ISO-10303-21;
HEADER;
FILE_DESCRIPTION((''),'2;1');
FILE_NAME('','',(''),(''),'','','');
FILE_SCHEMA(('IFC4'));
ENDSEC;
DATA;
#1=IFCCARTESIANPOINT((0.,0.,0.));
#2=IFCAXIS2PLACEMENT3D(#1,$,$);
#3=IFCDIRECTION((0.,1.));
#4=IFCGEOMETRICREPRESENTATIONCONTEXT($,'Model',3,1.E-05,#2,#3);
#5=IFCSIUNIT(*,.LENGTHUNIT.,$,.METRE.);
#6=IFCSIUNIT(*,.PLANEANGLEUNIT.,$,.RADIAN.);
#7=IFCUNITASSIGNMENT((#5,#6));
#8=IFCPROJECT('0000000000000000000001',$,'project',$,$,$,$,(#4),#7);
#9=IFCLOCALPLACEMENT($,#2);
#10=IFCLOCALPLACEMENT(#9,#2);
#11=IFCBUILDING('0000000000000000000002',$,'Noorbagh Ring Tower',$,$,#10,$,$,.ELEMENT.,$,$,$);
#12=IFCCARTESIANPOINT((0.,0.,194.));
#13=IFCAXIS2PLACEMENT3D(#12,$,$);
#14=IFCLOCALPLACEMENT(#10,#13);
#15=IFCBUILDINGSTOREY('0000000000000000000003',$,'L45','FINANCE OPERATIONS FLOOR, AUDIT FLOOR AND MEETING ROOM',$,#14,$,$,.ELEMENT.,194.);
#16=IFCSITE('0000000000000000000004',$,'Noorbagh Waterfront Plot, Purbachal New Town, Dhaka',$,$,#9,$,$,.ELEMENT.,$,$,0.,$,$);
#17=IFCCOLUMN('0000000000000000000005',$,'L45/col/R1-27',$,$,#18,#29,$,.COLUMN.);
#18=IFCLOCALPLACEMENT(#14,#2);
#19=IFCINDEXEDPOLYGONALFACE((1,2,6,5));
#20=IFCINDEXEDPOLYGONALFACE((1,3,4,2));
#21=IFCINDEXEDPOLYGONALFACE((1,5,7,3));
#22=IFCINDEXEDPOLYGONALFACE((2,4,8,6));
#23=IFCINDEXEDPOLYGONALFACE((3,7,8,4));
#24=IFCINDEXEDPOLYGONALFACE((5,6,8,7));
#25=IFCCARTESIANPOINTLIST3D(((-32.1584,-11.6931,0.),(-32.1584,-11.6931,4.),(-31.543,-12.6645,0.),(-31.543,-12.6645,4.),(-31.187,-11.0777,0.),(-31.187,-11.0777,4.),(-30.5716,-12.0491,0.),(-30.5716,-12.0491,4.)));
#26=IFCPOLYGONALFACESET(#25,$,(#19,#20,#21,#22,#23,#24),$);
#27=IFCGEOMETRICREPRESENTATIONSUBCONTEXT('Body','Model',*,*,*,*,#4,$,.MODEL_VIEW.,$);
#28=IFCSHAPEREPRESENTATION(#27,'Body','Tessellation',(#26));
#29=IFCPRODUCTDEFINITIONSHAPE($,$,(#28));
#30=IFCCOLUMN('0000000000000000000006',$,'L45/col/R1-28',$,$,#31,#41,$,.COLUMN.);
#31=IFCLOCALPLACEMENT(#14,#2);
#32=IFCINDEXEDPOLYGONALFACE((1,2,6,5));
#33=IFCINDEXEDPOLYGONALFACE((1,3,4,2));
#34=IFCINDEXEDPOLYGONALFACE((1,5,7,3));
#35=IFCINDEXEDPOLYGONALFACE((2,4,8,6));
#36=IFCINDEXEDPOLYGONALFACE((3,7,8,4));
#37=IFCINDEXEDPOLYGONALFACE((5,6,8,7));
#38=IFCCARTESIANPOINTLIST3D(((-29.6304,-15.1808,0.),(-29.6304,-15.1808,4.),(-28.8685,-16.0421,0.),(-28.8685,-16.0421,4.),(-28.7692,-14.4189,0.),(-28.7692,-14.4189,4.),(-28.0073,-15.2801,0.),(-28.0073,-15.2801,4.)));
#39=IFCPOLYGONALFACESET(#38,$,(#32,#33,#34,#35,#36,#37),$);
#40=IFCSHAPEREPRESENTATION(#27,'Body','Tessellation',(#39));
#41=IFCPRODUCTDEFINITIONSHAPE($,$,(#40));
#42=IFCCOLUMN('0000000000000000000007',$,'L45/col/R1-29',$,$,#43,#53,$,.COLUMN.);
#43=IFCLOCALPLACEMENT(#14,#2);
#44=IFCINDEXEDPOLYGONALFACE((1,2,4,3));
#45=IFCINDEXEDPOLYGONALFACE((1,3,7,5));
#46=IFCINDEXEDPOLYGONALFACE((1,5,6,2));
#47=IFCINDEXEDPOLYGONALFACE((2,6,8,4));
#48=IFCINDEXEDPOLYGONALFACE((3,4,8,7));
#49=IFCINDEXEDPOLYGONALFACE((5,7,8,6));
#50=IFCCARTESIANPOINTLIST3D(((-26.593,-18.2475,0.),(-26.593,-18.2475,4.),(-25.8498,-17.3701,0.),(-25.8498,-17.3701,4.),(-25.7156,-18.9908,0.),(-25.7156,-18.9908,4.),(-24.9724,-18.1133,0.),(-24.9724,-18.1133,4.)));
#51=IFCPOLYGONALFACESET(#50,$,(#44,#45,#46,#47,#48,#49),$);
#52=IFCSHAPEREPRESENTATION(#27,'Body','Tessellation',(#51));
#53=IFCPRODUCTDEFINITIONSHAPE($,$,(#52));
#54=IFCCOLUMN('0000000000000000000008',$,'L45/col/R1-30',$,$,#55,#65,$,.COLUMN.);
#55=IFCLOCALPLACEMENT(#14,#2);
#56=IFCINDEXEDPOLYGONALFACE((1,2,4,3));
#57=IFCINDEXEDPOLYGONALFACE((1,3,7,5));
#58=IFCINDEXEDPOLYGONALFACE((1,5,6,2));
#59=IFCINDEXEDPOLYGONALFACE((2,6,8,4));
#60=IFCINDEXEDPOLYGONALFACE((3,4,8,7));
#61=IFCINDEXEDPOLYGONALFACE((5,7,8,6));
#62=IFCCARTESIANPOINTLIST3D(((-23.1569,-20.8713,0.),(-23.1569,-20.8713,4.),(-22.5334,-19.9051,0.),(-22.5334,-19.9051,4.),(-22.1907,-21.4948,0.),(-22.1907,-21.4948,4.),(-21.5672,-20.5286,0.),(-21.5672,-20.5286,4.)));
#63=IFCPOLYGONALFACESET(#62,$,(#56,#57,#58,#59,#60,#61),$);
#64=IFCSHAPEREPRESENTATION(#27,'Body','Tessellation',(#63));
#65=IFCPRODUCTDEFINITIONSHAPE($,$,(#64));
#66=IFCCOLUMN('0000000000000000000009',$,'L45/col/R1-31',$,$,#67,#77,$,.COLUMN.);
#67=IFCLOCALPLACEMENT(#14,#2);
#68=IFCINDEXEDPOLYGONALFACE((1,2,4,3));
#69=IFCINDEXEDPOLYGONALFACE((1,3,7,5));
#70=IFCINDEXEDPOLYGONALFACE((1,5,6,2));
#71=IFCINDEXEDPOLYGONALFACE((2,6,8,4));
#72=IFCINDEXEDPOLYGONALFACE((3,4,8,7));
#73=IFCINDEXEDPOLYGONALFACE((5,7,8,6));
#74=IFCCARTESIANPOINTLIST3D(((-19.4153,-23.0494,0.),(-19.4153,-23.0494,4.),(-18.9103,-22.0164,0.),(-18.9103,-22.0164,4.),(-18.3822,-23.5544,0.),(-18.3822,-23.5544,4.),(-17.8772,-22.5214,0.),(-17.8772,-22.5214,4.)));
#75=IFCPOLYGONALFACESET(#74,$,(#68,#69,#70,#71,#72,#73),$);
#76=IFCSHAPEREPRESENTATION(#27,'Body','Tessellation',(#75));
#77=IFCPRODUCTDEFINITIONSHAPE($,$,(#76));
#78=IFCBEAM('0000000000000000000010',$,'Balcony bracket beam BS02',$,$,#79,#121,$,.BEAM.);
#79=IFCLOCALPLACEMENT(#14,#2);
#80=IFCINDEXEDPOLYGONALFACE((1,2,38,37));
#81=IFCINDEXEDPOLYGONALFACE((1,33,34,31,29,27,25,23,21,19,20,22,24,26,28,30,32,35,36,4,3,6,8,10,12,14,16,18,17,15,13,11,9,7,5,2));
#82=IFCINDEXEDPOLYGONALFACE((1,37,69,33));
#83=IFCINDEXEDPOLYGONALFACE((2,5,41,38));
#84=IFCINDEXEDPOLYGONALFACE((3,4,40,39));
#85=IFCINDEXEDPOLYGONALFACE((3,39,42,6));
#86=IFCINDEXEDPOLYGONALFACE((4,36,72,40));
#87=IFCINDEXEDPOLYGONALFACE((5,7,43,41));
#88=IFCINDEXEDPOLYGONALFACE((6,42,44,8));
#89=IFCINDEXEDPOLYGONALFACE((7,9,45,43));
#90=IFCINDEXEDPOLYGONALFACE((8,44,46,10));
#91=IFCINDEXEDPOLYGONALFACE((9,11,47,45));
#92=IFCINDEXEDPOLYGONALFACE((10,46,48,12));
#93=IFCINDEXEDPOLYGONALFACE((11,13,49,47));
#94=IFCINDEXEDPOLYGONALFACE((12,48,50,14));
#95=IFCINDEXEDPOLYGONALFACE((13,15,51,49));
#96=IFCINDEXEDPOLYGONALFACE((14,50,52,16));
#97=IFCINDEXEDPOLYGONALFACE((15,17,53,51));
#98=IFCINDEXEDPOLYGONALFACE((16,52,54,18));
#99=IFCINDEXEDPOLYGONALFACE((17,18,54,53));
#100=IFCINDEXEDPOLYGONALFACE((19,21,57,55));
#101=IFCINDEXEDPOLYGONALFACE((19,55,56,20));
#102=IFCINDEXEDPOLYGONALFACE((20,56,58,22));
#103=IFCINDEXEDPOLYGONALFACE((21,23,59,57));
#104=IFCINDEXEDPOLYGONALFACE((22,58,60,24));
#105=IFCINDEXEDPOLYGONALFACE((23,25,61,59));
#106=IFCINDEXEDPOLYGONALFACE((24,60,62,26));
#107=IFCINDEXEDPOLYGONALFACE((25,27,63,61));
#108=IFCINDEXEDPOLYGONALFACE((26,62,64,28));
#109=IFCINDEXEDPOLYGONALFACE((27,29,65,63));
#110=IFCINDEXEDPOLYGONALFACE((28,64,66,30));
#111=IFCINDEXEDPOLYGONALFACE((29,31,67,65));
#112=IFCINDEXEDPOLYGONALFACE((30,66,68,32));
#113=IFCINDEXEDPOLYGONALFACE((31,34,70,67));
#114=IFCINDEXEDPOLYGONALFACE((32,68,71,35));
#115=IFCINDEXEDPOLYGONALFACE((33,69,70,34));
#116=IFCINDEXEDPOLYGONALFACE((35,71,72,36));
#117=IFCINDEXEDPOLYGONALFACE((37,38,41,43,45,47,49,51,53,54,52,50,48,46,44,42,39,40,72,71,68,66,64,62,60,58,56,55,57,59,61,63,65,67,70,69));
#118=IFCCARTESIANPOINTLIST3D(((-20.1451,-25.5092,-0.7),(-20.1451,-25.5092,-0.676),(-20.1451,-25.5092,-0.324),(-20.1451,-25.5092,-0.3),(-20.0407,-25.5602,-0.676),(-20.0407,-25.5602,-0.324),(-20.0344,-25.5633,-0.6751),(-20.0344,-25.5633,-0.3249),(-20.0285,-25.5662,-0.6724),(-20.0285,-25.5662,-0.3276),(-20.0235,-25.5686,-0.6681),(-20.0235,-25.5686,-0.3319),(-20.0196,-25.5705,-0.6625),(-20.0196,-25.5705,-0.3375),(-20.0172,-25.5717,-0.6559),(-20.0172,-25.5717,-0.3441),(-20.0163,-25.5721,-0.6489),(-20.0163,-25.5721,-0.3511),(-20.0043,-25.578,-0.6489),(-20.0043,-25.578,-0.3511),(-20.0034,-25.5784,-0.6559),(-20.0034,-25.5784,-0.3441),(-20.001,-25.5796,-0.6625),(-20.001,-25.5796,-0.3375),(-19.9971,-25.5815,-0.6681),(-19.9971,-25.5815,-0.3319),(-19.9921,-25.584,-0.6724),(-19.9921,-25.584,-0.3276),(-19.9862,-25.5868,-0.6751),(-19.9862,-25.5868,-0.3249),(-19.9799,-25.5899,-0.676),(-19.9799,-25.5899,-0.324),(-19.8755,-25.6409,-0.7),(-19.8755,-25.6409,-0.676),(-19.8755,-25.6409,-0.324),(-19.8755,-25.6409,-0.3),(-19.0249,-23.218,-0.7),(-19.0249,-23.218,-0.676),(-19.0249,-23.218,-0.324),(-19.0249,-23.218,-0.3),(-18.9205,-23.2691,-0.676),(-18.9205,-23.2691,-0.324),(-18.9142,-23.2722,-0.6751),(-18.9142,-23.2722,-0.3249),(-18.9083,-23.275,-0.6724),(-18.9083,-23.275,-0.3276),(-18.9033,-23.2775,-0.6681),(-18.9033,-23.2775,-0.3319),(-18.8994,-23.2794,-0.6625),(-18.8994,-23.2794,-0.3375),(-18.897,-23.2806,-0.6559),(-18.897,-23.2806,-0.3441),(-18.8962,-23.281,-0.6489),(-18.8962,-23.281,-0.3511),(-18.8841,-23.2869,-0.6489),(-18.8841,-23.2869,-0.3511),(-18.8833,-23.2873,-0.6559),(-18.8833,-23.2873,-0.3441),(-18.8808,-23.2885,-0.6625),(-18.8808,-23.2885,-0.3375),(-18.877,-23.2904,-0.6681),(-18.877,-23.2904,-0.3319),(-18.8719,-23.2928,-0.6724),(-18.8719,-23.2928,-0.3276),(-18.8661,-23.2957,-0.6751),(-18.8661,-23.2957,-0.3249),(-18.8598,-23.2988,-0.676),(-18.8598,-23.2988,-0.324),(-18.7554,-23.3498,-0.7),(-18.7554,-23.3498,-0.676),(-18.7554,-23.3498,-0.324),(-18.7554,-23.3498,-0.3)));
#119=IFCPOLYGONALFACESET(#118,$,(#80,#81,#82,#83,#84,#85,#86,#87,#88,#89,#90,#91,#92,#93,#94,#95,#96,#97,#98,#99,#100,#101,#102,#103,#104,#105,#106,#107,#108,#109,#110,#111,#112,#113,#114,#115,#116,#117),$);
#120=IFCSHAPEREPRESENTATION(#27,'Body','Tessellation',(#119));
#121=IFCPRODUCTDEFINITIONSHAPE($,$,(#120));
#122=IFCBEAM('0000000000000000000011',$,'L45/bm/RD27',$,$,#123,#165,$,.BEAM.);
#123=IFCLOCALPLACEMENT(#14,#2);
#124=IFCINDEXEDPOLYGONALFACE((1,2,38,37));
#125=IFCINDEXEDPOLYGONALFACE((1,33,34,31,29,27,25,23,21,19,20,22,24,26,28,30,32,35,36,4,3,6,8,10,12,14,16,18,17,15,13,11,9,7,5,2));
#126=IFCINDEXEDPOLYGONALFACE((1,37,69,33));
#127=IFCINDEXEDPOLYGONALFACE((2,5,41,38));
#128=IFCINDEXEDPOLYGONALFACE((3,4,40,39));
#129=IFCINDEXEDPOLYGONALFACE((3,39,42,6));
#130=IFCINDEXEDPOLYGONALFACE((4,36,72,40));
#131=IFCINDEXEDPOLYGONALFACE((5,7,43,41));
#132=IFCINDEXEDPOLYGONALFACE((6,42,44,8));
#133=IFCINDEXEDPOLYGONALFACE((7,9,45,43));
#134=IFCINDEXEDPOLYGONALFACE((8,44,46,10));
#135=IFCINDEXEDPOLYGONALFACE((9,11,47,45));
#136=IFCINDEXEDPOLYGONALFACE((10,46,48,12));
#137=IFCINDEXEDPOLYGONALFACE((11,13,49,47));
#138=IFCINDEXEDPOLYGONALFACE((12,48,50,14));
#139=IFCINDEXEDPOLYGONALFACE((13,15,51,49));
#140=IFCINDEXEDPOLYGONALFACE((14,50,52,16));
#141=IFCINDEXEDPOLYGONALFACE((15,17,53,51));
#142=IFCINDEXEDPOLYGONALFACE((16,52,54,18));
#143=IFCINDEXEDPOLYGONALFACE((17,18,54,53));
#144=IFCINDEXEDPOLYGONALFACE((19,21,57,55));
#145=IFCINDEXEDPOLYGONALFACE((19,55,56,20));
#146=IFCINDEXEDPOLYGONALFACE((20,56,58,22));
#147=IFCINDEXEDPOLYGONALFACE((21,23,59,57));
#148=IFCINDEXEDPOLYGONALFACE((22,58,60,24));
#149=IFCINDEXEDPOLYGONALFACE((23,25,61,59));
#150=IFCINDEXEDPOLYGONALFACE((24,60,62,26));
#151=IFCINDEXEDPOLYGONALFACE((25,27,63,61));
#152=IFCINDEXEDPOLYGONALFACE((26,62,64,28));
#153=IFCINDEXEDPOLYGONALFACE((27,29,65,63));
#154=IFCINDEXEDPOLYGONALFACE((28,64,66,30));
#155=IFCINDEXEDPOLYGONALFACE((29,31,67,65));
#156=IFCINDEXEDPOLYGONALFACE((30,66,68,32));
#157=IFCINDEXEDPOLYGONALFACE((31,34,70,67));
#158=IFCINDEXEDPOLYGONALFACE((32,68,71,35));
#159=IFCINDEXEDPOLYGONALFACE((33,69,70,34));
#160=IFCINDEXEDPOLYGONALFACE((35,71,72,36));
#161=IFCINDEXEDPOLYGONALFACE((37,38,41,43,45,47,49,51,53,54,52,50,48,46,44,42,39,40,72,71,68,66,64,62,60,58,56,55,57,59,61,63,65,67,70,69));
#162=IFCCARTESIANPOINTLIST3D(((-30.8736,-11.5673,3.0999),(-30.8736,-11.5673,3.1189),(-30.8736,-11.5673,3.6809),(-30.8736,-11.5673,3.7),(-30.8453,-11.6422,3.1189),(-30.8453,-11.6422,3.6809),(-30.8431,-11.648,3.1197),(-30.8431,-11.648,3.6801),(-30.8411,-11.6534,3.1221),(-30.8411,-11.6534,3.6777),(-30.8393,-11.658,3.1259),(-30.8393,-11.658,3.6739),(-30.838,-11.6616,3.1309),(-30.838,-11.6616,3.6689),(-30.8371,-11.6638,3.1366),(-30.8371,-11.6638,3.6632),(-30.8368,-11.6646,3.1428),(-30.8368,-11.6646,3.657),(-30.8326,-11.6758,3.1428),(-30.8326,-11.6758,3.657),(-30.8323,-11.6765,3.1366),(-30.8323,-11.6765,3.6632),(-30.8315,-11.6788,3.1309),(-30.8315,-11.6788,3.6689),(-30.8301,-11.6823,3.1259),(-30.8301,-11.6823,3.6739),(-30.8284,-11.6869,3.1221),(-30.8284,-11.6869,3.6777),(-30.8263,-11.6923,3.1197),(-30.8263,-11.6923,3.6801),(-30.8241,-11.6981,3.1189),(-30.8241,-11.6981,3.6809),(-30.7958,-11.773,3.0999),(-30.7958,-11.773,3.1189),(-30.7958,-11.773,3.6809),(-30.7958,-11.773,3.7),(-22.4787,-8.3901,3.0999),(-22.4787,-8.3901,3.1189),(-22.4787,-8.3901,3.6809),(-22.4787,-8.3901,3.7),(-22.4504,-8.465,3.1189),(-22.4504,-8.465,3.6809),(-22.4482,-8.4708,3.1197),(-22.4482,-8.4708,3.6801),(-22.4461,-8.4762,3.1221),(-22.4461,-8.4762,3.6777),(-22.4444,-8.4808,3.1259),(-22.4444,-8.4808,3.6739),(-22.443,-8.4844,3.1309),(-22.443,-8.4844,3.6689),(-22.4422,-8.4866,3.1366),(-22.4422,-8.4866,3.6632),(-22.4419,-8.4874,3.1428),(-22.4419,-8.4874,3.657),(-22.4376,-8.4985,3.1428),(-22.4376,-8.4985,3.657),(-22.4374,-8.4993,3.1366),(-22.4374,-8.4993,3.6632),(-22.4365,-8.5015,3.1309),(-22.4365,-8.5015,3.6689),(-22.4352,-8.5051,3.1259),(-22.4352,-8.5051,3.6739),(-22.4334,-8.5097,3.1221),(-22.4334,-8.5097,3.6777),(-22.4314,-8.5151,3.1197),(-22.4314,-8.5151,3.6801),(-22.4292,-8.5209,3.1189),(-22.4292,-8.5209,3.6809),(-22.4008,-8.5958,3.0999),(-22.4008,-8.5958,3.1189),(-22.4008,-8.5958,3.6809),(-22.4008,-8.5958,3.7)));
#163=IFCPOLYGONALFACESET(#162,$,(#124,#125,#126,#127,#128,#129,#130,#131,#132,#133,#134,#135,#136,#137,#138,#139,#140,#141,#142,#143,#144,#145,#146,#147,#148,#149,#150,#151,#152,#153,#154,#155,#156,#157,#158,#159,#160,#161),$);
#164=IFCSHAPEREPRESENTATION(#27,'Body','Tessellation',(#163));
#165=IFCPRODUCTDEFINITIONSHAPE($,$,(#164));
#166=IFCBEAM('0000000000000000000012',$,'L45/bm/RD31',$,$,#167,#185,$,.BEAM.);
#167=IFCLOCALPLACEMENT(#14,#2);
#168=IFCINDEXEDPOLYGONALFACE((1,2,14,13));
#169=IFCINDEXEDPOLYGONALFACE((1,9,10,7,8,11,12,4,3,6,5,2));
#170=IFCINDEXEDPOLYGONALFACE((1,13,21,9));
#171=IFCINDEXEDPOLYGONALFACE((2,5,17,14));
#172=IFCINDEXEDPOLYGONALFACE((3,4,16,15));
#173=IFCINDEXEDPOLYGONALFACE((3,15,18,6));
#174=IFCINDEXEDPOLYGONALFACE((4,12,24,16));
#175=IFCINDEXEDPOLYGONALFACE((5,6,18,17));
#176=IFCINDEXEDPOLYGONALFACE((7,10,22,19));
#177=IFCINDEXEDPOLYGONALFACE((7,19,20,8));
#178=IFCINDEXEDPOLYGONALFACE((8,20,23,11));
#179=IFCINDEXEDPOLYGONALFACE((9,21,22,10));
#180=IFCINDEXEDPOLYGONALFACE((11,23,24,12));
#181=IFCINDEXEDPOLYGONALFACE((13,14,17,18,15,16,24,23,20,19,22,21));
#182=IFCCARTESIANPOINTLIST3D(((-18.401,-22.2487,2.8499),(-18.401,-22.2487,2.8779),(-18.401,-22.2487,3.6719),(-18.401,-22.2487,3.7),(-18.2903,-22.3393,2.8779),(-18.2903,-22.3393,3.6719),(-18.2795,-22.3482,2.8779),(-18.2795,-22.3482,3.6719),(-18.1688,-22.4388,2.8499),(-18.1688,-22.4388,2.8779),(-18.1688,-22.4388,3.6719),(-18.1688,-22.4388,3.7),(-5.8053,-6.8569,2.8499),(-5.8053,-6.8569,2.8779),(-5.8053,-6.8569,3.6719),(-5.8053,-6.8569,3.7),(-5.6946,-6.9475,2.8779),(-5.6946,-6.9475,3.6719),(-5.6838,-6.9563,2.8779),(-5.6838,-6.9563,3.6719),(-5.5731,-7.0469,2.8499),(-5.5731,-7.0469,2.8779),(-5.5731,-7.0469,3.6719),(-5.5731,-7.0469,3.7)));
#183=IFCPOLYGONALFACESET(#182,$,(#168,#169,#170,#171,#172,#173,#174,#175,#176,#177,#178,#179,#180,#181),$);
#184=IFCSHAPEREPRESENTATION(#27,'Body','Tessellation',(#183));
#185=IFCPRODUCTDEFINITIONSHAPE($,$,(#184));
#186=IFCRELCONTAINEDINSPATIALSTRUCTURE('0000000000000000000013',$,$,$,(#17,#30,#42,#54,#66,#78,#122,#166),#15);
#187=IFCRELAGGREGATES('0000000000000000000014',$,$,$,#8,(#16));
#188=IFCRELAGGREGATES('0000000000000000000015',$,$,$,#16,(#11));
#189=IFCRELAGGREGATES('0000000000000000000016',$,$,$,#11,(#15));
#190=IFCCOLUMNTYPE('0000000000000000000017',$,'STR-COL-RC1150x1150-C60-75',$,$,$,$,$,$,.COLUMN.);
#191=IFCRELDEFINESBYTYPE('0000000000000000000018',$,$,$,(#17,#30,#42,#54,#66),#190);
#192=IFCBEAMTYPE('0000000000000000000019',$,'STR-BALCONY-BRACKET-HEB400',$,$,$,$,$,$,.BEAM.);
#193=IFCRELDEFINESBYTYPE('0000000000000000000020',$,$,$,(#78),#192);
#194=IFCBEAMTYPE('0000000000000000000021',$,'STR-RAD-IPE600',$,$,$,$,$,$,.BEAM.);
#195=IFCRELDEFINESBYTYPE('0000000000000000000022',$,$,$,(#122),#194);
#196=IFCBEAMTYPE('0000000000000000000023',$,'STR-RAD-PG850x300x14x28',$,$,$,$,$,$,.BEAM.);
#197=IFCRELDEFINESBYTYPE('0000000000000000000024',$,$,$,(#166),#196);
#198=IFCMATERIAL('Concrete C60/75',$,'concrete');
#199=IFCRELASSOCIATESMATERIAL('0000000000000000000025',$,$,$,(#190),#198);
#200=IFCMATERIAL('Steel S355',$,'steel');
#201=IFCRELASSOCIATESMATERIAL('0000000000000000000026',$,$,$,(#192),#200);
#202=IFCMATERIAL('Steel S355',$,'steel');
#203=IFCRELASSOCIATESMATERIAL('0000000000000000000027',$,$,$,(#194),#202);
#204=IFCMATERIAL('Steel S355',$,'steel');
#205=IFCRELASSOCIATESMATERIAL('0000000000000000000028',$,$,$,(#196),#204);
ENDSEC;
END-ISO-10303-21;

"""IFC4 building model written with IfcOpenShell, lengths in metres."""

from ifc_helpers import new_model, si_unit, direction, frame, origin, origin_2d, place, context, subcontext, project, spatial, rectangle, i_section, extrude, material, material_profile, profile_set, type_object, element, save


model = new_model("IFC4")

# Units and contexts
model_context = context("Model", 3, precision=1e-05, world=origin(), true_north=direction((0.0, 1.0)))
body_context = subcontext(model_context, "Body", "Model", "MODEL_VIEW")
ifc_project = project(units=[si_unit("LENGTHUNIT", "METRE"), si_unit("PLANEANGLEUNIT", "RADIAN")], contexts=[model_context])

# Site, building, storey
site_placement = place(None, origin())
site = spatial("IfcSite", under=ifc_project, at=site_placement, Name="Noorbagh Waterfront Plot, Purbachal New Town, Dhaka", CompositionType="ELEMENT", RefElevation=0.0)
building_placement = place(site_placement, origin())
building = spatial("IfcBuilding", under=site, at=building_placement, Name="Noorbagh Ring Tower", CompositionType="ELEMENT")
storey_placement = place(building_placement, frame((0.0, 0.0, 194.0)))
storey = spatial("IfcBuildingStorey", under=building, at=storey_placement, Name="L45", Description="FINANCE OPERATIONS FLOOR, AUDIT FLOOR AND MEETING ROOM", CompositionType="ELEMENT", Elevation=194.0)

# Columns
ifc_material_1 = material(Name="Concrete C60/75", Category="concrete")
ifc_material_profile_1 = material_profile(ifc_material_1, rectangle(XDim=1.1499, YDim=1.1499, at=origin_2d()), Name="RC1150x1150")
ifc_profile_set_1 = profile_set([ifc_material_profile_1], Name="Concrete C60/75")
column_type = type_object("IfcColumnType", Name="STR-COL-RC1150x1150-C60-75", PredefinedType="COLUMN", material=ifc_profile_set_1)
for number, where, z_axis, x_axis, name in (
    (1, (-31.365, -11.8711, 0.0), (0.0, 0.0, 1.0), (0.53519, -0.844731, 0.0), "L45/col/R1-27"),
    (2, (-28.8188, -15.2305, 0.0), (0.0, 0.0, 1.0), (0.662636, -0.748942, 0.0), "L45/col/R1-28"),
    (3, (-25.7827, -18.1804, 0.0), (0.0, 0.0, 1.0), (0.763035, -0.646357, 0.0), "L45/col/R1-29"),
    (4, (-22.3621, -20.7, 0.0), (0.0, 0.0, 1.0), (0.840248, -0.542203, 0.0), "L45/col/R1-30"),
    (5, (-18.6462, -22.7854, 0.0), (0.0, 0.0, 1.0), (0.898399, -0.43918, 0.0), "L45/col/R1-31"),
):
    element("IfcColumn", number, at=place(storey_placement, frame(where, z_axis=z_axis, x_axis=x_axis)), inside=storey, type_object=column_type, Name=name, PredefinedType="COLUMN", context=body_context, shape_type="SweptSolid", body=[
        extrude(rectangle(XDim=1.1499, YDim=1.1499, at=origin_2d()), origin(), (0.0, 0.0, 1.0), 4.0),
    ])

# Beams
ifc_material_2 = material(Name="Steel S355", Category="steel")
ifc_material_profile_2 = material_profile(ifc_material_2, i_section(OverallWidth=0.3, OverallDepth=0.3999, WebThickness=0.0134, FlangeThickness=0.0239, FilletRadius=0.0271, at=origin_2d()), Name="HEB400")
ifc_profile_set_2 = profile_set([ifc_material_profile_2], Name="Steel S355")
beam_type_1 = type_object("IfcBeamType", Name="STR-BALCONY-BRACKET-HEB400", PredefinedType="BEAM", material=ifc_profile_set_2)
beam_1_placement = place(storey_placement, frame((-18.8901, -23.2839, -0.5), z_axis=(-0.439231, -0.898374, 0.0), x_axis=(0.898374, -0.439231, 0.0)))
element("IfcBeam", 6, at=beam_1_placement, inside=storey, type_object=beam_type_1, Name="Balcony bracket beam BS02", PredefinedType="BEAM", context=body_context, shape_type="SweptSolid", body=[
    extrude(i_section(OverallWidth=0.3, OverallDepth=0.3999, WebThickness=0.0134, FlangeThickness=0.0239, FilletRadius=0.0271, at=origin_2d()), origin(), (0.0, 0.0, 1.0), 2.5503),
])
ifc_material_3 = material(Name="Steel S355", Category="steel")
ifc_material_profile_3 = material_profile(ifc_material_3, i_section(OverallWidth=0.22, OverallDepth=0.6001, WebThickness=0.012, FlangeThickness=0.019, FilletRadius=0.0239, at=origin_2d()), Name="IPE600")
ifc_profile_set_3 = profile_set([ifc_material_profile_3], Name="Steel S355")
beam_type_2 = type_object("IfcBeamType", Name="STR-RAD-IPE600", PredefinedType="BEAM", material=ifc_profile_set_3)
beam_2_placement = place(storey_placement, frame((-30.8347, -11.6702, 3.3999), z_axis=(0.935259, 0.353965, 0.0), x_axis=(-0.353965, 0.935259, 0.0)))
element("IfcBeam", 7, at=beam_2_placement, inside=storey, type_object=beam_type_2, Name="L45/bm/RD27", PredefinedType="BEAM", context=body_context, shape_type="SweptSolid", body=[
    extrude(i_section(OverallWidth=0.22, OverallDepth=0.6001, WebThickness=0.012, FlangeThickness=0.019, FilletRadius=0.0239, at=origin_2d()), origin(), (0.0, 0.0, 1.0), 8.9761),
])
ifc_material_4 = material(Name="Steel S355", Category="steel")
ifc_material_profile_4 = material_profile(ifc_material_4, i_section(OverallWidth=0.3, OverallDepth=0.8501, WebThickness=0.0139, FlangeThickness=0.0281, at=origin_2d()), Name="PG850x300x14x28")
ifc_profile_set_4 = profile_set([ifc_material_profile_4], Name="Steel S355")
beam_type_3 = type_object("IfcBeamType", Name="STR-RAD-PG850x300x14x28", PredefinedType="BEAM", material=ifc_profile_set_4)
beam_3_placement = place(storey_placement, frame((-18.2849, -22.3438, 3.2749), z_axis=(0.633309, 0.773899, 0.0), x_axis=(-0.773899, 0.633309, 0.0)))
element("IfcBeam", 8, at=beam_3_placement, inside=storey, type_object=beam_type_3, Name="L45/bm/RD31", PredefinedType="BEAM", context=body_context, shape_type="SweptSolid", body=[
    extrude(i_section(OverallWidth=0.3, OverallDepth=0.8501, WebThickness=0.0139, FlangeThickness=0.0281, at=origin_2d()), origin(), (0.0, 0.0, 1.0), 19.8887),
])

save(model, "model.ifc")
